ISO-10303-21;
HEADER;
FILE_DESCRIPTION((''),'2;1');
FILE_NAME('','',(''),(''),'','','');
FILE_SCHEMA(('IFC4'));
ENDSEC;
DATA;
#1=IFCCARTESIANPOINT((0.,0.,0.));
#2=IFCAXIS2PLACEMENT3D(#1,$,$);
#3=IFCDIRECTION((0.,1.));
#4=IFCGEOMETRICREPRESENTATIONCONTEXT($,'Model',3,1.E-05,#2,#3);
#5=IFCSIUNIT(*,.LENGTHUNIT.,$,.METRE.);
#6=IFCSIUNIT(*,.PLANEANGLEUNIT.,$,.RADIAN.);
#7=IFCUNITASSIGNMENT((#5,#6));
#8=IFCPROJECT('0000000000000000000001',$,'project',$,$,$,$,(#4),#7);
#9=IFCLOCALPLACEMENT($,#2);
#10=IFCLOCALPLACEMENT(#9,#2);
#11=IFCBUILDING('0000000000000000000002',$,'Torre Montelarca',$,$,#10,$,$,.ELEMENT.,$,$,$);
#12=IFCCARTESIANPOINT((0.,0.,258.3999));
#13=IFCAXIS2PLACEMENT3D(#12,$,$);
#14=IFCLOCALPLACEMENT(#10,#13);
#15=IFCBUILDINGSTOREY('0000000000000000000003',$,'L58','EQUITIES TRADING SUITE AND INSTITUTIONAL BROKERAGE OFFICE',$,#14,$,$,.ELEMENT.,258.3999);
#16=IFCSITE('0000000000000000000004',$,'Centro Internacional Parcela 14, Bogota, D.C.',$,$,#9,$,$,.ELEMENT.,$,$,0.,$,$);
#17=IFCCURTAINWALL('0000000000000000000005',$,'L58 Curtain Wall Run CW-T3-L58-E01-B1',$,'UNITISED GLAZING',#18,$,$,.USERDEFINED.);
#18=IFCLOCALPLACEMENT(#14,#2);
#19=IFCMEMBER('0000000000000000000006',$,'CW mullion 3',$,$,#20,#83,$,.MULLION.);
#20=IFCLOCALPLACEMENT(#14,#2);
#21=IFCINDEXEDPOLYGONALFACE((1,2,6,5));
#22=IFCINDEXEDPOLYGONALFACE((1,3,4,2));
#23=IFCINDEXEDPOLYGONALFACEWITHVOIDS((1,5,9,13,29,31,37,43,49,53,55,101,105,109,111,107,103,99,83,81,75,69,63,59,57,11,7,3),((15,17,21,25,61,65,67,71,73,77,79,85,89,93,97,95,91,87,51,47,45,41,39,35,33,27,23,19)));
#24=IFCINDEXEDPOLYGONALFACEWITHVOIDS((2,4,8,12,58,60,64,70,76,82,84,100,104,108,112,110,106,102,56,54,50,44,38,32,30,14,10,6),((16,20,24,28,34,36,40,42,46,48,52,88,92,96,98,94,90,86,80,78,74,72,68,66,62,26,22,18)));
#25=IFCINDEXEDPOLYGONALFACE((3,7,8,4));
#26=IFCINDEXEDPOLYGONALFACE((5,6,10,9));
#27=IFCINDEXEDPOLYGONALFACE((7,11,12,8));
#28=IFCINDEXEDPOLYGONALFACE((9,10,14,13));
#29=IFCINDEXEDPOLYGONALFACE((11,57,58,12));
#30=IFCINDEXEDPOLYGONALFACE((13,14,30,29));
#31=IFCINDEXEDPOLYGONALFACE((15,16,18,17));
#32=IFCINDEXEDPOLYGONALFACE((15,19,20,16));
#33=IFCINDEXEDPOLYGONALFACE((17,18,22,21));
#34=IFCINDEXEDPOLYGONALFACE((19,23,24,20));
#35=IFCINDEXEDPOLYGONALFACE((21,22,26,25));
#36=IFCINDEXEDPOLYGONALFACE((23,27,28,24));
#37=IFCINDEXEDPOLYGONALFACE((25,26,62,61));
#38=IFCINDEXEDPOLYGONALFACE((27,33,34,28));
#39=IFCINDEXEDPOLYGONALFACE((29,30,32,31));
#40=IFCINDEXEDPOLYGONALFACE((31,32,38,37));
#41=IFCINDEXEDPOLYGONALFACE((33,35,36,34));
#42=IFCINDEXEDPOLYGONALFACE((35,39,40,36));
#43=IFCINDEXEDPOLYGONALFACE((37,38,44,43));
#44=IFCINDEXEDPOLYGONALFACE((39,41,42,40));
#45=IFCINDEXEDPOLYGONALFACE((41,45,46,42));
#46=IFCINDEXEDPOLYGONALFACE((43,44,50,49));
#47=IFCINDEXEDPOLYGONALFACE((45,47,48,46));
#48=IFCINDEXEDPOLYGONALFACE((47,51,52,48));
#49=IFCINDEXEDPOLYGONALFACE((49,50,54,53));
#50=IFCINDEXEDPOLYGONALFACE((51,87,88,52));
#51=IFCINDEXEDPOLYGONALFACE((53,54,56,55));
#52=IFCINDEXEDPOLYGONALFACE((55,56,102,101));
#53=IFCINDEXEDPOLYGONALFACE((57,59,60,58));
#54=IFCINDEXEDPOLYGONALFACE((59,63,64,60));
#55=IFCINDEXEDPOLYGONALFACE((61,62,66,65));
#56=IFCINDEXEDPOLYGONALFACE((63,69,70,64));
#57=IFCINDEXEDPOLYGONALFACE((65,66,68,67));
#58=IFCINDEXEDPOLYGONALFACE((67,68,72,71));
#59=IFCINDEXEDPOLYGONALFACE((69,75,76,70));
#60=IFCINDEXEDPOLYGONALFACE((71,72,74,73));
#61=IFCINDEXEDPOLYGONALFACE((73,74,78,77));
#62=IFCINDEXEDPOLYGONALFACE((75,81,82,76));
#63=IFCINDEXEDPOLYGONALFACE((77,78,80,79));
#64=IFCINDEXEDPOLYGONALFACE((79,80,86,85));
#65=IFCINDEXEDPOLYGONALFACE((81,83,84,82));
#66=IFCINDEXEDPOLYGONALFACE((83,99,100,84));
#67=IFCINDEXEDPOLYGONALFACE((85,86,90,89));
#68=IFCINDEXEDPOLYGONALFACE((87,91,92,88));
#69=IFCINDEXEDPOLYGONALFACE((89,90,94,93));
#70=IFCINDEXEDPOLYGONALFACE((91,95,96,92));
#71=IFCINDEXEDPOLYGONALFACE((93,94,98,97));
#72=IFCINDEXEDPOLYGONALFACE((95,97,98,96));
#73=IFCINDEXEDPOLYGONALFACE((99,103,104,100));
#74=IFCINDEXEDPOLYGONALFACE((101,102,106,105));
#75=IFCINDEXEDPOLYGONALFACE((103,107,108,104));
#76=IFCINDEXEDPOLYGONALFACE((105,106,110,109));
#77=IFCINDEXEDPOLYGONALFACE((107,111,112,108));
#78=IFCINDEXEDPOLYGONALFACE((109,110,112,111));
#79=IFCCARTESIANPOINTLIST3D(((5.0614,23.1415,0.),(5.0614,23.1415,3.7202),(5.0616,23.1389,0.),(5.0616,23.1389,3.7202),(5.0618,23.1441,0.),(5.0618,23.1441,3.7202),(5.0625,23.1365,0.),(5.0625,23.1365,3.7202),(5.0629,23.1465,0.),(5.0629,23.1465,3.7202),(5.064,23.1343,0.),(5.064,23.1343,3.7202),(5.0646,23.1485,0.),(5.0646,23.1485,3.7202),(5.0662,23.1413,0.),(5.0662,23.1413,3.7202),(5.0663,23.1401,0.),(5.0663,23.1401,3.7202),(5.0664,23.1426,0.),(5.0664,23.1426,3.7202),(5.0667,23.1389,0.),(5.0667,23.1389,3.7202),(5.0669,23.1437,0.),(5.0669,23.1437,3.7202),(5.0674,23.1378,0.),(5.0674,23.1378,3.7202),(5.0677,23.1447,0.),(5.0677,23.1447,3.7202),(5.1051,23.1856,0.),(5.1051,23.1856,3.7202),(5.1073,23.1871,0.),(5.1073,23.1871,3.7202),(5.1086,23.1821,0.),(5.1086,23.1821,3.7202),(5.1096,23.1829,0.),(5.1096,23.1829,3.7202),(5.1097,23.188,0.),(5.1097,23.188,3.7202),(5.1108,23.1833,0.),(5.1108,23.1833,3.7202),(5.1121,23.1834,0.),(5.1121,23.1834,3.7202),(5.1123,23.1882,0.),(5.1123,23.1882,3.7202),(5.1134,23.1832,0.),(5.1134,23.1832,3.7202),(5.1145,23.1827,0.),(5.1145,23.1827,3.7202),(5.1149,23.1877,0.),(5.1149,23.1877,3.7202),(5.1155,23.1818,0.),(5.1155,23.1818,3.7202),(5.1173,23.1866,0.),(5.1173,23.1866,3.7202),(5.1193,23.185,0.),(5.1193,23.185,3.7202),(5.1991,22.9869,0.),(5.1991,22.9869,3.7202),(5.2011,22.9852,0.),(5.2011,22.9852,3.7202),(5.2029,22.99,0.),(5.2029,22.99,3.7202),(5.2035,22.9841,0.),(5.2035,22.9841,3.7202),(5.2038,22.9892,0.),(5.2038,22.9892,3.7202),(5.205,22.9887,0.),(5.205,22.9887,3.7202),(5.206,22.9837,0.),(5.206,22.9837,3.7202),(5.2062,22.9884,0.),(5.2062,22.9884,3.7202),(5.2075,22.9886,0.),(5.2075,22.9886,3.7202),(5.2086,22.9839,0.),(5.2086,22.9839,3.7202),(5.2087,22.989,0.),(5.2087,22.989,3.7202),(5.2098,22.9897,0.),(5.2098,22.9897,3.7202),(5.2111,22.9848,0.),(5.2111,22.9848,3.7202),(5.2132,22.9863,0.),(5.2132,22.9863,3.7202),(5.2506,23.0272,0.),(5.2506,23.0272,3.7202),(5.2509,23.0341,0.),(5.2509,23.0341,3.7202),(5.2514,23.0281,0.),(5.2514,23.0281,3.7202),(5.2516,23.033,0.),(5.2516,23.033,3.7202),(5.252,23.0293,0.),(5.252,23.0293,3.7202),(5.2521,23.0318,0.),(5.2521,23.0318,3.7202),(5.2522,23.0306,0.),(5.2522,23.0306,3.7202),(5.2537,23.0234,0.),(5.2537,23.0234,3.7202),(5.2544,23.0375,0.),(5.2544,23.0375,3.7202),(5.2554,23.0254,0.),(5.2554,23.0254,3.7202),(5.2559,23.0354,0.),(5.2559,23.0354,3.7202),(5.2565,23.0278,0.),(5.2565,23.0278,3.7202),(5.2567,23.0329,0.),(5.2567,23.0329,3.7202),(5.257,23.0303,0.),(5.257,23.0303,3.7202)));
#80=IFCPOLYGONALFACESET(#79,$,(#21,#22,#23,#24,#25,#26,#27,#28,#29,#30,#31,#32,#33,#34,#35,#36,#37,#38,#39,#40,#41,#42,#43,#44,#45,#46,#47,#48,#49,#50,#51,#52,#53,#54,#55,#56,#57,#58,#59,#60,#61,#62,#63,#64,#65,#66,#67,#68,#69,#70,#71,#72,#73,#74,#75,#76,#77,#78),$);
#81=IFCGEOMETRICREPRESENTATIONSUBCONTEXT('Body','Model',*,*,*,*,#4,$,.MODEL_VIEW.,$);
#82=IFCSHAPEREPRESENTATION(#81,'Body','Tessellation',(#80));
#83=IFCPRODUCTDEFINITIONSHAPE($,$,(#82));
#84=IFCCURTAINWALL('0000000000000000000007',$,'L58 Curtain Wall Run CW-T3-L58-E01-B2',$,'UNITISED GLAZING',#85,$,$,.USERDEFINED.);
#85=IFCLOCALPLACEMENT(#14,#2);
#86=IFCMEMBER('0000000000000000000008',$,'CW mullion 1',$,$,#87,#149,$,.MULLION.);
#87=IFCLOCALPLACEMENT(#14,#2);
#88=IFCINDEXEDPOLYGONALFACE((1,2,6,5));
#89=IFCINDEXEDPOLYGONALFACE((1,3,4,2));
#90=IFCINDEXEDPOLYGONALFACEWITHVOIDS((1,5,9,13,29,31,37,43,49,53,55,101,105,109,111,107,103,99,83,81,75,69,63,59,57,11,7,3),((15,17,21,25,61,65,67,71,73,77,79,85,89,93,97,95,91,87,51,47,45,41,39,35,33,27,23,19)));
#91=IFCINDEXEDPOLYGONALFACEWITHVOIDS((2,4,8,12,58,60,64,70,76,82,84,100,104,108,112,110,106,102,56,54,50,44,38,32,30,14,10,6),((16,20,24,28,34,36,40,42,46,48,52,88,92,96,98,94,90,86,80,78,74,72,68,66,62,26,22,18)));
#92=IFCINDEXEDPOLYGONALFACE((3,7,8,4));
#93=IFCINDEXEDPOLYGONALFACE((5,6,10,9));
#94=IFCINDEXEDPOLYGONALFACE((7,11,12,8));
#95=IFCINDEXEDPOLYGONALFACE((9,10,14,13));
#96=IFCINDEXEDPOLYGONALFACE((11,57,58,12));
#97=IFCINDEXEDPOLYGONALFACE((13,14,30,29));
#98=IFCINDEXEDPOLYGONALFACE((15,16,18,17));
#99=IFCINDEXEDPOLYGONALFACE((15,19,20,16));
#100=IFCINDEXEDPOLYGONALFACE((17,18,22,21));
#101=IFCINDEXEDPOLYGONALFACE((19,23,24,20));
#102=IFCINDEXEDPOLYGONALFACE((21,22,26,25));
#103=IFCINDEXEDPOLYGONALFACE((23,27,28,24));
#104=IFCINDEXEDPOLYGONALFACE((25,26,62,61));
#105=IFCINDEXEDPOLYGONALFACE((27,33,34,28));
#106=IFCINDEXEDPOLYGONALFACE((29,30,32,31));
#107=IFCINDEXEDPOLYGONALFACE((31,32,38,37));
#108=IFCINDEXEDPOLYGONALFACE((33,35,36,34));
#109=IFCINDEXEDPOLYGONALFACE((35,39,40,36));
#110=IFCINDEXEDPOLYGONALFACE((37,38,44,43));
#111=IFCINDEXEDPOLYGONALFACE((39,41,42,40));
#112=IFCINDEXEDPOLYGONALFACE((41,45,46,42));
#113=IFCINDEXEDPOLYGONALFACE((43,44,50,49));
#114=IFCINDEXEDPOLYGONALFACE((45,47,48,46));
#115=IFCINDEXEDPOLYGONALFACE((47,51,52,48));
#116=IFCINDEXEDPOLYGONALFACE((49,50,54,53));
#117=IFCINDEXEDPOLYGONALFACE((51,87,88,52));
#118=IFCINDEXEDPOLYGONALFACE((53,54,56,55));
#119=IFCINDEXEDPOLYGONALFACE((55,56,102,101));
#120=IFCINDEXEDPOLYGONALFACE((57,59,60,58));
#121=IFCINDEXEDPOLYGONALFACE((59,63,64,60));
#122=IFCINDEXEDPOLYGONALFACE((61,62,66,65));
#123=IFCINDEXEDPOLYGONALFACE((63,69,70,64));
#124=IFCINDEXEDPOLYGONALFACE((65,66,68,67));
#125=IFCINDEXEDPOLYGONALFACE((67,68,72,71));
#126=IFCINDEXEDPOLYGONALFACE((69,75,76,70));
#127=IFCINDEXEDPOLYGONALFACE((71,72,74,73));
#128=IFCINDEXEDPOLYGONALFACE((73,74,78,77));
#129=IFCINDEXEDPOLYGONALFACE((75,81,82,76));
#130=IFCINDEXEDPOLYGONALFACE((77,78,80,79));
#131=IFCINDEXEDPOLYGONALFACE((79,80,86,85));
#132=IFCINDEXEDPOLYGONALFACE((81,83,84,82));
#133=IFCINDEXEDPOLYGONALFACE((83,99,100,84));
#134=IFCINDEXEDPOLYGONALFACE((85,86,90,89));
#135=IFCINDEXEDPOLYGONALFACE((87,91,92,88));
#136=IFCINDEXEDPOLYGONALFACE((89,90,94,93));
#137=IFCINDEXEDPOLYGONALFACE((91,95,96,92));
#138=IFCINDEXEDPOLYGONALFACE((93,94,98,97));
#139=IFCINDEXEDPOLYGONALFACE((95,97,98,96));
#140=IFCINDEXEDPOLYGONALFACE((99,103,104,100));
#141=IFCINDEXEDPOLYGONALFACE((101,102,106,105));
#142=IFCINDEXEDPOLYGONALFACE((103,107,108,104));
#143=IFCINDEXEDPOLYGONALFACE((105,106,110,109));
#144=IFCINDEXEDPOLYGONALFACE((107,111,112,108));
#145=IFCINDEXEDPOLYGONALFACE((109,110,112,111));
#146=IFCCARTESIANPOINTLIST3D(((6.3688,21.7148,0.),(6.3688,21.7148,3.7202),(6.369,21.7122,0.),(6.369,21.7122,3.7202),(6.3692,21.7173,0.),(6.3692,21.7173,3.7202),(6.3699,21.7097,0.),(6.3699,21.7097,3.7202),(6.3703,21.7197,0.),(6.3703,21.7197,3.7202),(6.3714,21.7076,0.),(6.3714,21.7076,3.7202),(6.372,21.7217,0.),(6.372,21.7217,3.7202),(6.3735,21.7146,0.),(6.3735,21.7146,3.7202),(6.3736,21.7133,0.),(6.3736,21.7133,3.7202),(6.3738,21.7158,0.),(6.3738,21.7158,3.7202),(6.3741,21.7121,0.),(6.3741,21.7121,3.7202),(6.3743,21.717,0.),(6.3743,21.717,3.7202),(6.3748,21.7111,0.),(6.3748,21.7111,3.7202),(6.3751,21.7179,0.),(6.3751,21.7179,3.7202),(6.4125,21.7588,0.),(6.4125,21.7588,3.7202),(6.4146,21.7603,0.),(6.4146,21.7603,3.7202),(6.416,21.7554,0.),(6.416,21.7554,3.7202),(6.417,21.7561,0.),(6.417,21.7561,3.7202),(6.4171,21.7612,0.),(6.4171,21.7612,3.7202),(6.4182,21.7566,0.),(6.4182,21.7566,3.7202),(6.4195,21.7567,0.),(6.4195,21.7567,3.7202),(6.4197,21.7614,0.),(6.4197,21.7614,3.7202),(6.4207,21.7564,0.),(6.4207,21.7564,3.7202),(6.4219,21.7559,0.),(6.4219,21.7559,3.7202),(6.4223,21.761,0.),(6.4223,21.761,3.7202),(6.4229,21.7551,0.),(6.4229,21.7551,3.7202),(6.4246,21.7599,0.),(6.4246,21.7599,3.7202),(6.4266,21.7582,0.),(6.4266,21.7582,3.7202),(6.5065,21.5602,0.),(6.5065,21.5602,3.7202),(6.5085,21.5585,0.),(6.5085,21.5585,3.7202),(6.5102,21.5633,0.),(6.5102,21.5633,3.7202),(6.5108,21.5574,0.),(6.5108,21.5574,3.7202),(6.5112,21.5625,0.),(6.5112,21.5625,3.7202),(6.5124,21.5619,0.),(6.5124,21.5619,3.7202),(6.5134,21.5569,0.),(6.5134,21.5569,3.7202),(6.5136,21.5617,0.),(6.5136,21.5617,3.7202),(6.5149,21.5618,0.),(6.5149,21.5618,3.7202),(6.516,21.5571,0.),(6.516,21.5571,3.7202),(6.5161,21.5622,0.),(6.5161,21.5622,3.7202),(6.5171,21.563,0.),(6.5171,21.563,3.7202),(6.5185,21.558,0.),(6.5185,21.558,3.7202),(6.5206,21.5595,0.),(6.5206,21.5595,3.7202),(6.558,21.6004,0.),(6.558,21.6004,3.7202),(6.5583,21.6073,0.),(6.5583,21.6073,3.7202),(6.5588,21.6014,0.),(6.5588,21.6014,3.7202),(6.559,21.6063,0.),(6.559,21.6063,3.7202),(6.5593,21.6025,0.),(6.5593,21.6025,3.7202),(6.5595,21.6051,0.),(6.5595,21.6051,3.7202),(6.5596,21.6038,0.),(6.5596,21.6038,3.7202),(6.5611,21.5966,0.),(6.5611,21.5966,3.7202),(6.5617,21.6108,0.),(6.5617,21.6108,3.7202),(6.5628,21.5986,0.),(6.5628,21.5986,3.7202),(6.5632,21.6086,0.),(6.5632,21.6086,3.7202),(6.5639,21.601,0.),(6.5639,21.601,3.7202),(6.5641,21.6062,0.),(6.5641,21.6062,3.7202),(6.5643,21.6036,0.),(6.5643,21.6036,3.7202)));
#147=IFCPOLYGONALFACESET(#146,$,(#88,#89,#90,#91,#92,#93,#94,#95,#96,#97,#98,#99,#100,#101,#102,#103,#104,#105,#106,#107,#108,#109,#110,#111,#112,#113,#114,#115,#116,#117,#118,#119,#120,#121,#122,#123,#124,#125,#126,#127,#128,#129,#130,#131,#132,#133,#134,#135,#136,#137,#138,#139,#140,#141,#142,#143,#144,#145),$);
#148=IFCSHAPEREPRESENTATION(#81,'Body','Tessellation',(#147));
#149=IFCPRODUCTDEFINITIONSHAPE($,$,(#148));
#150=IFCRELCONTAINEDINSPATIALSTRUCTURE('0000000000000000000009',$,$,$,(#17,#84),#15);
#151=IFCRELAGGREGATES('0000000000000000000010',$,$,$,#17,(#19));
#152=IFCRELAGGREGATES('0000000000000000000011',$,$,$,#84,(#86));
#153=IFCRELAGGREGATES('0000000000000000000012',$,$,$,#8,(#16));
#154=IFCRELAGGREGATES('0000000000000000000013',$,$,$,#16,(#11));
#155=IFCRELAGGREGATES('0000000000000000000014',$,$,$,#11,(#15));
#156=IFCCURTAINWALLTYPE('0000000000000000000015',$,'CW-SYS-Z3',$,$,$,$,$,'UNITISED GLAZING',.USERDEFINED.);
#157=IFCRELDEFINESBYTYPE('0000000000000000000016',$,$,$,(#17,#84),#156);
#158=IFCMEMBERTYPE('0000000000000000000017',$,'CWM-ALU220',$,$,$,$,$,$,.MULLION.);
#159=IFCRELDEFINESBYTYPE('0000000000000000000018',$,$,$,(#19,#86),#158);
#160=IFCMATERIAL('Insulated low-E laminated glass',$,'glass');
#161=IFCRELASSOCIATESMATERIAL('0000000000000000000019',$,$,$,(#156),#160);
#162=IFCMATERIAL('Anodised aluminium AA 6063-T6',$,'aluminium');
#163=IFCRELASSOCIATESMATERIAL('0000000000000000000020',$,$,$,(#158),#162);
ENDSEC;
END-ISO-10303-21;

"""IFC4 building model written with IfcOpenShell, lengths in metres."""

from ifc_helpers import new_model, si_unit, direction, frame, origin, origin_2d, place, context, subcontext, project, spatial, hollow_rectangle, extrude, source, transform, mapped, material, material_profile, profile_set, type_object, element, aggregate, save


model = new_model("IFC4")

# Units and contexts
model_context = context("Model", 3, precision=1e-05, world=origin(), true_north=direction((0.0, 1.0)))
body_context = subcontext(model_context, "Body", "Model", "MODEL_VIEW")
ifc_project = project(units=[si_unit("LENGTHUNIT", "METRE"), si_unit("PLANEANGLEUNIT", "RADIAN")], contexts=[model_context])

# Site, building, storey
site_placement = place(None, origin())
site = spatial("IfcSite", under=ifc_project, at=site_placement, Name="Centro Internacional Parcela 14, Bogota, D.C.", CompositionType="ELEMENT", RefElevation=0.0)
building_placement = place(site_placement, origin())
building = spatial("IfcBuilding", under=site, at=building_placement, Name="Torre Montelarca", CompositionType="ELEMENT")
storey_placement = place(building_placement, frame((0.0, 0.0, 258.3999)))
storey = spatial("IfcBuildingStorey", under=building, at=storey_placement, Name="L58", Description="EQUITIES TRADING SUITE AND INSTITUTIONAL BROKERAGE OFFICE", CompositionType="ELEMENT", Elevation=258.3999)

# Curtain walls, members
ifc_material_1 = material(Name="Insulated low-E laminated glass", Category="glass")
curtain_wall_type = type_object("IfcCurtainWallType", Name="CW-SYS-Z3", ElementType="UNITISED GLAZING", PredefinedType="USERDEFINED", material=ifc_material_1)
curtain_wall_1_placement = place(storey_placement, origin())
curtain_wall_1 = element("IfcCurtainWall", 1, at=curtain_wall_1_placement, inside=storey, type_object=curtain_wall_type, Name="L58 Curtain Wall Run CW-T3-L58-E01-B1", ObjectType="UNITISED GLAZING", PredefinedType="USERDEFINED")
ifc_material_2 = material(Name="Anodised aluminium AA 6063-T6", Category="aluminium")
ifc_material_profile_1 = material_profile(ifc_material_2, hollow_rectangle(XDim=0.075, YDim=0.22, WallThickness=0.0049, InnerFilletRadius=0.0049, OuterFilletRadius=0.01, at=origin_2d()), Name="ALU75X220X5", Category="aluminium")
ifc_profile_set_1 = profile_set([ifc_material_profile_1], Name="Anodised aluminium AA 6063-T6")
member_type_1 = type_object("IfcMemberType", Name="CWM-ALU220", PredefinedType="MULLION", material=ifc_profile_set_1)
shared_shape_1 = source(origin(), body_context, "Body", "SweptSolid", [
    extrude(hollow_rectangle(XDim=0.075, YDim=0.22, WallThickness=0.0049, InnerFilletRadius=0.0049, OuterFilletRadius=0.01, at=origin_2d()), origin(), (0.0, 0.0, 1.0), 3.7202),
])
member_1_placement = place(storey_placement, frame((5.1592, 23.0859, 0.0), z_axis=(0.0, 0.0, 1.0), x_axis=(0.737281, 0.675586, 0.0)))
member_1 = element("IfcMember", 2, at=member_1_placement, type_object=member_type_1, Name="CW mullion 3", PredefinedType="MULLION", context=body_context, shape_type="MappedRepresentation", body=[
    mapped(shared_shape_1, transform((0.0, 0.0, 0.0), scale=1.0)),
])
curtain_wall_2_placement = place(storey_placement, origin())
curtain_wall_2 = element("IfcCurtainWall", 3, at=curtain_wall_2_placement, inside=storey, type_object=curtain_wall_type, Name="L58 Curtain Wall Run CW-T3-L58-E01-B2", ObjectType="UNITISED GLAZING", PredefinedType="USERDEFINED")
member_2_placement = place(storey_placement, frame((6.4666, 21.6592, 0.0), z_axis=(0.0, 0.0, 1.0), x_axis=(0.73728, 0.675587, 0.0)))
member_2 = element("IfcMember", 4, at=member_2_placement, type_object=member_type_1, Name="CW mullion 1", PredefinedType="MULLION", context=body_context, shape_type="MappedRepresentation", body=[
    mapped(shared_shape_1, transform((0.0, 0.0, 0.0), scale=1.0)),
])

aggregate(curtain_wall_1, [member_1])
aggregate(curtain_wall_2, [member_2])

save(model, "model.ifc")
